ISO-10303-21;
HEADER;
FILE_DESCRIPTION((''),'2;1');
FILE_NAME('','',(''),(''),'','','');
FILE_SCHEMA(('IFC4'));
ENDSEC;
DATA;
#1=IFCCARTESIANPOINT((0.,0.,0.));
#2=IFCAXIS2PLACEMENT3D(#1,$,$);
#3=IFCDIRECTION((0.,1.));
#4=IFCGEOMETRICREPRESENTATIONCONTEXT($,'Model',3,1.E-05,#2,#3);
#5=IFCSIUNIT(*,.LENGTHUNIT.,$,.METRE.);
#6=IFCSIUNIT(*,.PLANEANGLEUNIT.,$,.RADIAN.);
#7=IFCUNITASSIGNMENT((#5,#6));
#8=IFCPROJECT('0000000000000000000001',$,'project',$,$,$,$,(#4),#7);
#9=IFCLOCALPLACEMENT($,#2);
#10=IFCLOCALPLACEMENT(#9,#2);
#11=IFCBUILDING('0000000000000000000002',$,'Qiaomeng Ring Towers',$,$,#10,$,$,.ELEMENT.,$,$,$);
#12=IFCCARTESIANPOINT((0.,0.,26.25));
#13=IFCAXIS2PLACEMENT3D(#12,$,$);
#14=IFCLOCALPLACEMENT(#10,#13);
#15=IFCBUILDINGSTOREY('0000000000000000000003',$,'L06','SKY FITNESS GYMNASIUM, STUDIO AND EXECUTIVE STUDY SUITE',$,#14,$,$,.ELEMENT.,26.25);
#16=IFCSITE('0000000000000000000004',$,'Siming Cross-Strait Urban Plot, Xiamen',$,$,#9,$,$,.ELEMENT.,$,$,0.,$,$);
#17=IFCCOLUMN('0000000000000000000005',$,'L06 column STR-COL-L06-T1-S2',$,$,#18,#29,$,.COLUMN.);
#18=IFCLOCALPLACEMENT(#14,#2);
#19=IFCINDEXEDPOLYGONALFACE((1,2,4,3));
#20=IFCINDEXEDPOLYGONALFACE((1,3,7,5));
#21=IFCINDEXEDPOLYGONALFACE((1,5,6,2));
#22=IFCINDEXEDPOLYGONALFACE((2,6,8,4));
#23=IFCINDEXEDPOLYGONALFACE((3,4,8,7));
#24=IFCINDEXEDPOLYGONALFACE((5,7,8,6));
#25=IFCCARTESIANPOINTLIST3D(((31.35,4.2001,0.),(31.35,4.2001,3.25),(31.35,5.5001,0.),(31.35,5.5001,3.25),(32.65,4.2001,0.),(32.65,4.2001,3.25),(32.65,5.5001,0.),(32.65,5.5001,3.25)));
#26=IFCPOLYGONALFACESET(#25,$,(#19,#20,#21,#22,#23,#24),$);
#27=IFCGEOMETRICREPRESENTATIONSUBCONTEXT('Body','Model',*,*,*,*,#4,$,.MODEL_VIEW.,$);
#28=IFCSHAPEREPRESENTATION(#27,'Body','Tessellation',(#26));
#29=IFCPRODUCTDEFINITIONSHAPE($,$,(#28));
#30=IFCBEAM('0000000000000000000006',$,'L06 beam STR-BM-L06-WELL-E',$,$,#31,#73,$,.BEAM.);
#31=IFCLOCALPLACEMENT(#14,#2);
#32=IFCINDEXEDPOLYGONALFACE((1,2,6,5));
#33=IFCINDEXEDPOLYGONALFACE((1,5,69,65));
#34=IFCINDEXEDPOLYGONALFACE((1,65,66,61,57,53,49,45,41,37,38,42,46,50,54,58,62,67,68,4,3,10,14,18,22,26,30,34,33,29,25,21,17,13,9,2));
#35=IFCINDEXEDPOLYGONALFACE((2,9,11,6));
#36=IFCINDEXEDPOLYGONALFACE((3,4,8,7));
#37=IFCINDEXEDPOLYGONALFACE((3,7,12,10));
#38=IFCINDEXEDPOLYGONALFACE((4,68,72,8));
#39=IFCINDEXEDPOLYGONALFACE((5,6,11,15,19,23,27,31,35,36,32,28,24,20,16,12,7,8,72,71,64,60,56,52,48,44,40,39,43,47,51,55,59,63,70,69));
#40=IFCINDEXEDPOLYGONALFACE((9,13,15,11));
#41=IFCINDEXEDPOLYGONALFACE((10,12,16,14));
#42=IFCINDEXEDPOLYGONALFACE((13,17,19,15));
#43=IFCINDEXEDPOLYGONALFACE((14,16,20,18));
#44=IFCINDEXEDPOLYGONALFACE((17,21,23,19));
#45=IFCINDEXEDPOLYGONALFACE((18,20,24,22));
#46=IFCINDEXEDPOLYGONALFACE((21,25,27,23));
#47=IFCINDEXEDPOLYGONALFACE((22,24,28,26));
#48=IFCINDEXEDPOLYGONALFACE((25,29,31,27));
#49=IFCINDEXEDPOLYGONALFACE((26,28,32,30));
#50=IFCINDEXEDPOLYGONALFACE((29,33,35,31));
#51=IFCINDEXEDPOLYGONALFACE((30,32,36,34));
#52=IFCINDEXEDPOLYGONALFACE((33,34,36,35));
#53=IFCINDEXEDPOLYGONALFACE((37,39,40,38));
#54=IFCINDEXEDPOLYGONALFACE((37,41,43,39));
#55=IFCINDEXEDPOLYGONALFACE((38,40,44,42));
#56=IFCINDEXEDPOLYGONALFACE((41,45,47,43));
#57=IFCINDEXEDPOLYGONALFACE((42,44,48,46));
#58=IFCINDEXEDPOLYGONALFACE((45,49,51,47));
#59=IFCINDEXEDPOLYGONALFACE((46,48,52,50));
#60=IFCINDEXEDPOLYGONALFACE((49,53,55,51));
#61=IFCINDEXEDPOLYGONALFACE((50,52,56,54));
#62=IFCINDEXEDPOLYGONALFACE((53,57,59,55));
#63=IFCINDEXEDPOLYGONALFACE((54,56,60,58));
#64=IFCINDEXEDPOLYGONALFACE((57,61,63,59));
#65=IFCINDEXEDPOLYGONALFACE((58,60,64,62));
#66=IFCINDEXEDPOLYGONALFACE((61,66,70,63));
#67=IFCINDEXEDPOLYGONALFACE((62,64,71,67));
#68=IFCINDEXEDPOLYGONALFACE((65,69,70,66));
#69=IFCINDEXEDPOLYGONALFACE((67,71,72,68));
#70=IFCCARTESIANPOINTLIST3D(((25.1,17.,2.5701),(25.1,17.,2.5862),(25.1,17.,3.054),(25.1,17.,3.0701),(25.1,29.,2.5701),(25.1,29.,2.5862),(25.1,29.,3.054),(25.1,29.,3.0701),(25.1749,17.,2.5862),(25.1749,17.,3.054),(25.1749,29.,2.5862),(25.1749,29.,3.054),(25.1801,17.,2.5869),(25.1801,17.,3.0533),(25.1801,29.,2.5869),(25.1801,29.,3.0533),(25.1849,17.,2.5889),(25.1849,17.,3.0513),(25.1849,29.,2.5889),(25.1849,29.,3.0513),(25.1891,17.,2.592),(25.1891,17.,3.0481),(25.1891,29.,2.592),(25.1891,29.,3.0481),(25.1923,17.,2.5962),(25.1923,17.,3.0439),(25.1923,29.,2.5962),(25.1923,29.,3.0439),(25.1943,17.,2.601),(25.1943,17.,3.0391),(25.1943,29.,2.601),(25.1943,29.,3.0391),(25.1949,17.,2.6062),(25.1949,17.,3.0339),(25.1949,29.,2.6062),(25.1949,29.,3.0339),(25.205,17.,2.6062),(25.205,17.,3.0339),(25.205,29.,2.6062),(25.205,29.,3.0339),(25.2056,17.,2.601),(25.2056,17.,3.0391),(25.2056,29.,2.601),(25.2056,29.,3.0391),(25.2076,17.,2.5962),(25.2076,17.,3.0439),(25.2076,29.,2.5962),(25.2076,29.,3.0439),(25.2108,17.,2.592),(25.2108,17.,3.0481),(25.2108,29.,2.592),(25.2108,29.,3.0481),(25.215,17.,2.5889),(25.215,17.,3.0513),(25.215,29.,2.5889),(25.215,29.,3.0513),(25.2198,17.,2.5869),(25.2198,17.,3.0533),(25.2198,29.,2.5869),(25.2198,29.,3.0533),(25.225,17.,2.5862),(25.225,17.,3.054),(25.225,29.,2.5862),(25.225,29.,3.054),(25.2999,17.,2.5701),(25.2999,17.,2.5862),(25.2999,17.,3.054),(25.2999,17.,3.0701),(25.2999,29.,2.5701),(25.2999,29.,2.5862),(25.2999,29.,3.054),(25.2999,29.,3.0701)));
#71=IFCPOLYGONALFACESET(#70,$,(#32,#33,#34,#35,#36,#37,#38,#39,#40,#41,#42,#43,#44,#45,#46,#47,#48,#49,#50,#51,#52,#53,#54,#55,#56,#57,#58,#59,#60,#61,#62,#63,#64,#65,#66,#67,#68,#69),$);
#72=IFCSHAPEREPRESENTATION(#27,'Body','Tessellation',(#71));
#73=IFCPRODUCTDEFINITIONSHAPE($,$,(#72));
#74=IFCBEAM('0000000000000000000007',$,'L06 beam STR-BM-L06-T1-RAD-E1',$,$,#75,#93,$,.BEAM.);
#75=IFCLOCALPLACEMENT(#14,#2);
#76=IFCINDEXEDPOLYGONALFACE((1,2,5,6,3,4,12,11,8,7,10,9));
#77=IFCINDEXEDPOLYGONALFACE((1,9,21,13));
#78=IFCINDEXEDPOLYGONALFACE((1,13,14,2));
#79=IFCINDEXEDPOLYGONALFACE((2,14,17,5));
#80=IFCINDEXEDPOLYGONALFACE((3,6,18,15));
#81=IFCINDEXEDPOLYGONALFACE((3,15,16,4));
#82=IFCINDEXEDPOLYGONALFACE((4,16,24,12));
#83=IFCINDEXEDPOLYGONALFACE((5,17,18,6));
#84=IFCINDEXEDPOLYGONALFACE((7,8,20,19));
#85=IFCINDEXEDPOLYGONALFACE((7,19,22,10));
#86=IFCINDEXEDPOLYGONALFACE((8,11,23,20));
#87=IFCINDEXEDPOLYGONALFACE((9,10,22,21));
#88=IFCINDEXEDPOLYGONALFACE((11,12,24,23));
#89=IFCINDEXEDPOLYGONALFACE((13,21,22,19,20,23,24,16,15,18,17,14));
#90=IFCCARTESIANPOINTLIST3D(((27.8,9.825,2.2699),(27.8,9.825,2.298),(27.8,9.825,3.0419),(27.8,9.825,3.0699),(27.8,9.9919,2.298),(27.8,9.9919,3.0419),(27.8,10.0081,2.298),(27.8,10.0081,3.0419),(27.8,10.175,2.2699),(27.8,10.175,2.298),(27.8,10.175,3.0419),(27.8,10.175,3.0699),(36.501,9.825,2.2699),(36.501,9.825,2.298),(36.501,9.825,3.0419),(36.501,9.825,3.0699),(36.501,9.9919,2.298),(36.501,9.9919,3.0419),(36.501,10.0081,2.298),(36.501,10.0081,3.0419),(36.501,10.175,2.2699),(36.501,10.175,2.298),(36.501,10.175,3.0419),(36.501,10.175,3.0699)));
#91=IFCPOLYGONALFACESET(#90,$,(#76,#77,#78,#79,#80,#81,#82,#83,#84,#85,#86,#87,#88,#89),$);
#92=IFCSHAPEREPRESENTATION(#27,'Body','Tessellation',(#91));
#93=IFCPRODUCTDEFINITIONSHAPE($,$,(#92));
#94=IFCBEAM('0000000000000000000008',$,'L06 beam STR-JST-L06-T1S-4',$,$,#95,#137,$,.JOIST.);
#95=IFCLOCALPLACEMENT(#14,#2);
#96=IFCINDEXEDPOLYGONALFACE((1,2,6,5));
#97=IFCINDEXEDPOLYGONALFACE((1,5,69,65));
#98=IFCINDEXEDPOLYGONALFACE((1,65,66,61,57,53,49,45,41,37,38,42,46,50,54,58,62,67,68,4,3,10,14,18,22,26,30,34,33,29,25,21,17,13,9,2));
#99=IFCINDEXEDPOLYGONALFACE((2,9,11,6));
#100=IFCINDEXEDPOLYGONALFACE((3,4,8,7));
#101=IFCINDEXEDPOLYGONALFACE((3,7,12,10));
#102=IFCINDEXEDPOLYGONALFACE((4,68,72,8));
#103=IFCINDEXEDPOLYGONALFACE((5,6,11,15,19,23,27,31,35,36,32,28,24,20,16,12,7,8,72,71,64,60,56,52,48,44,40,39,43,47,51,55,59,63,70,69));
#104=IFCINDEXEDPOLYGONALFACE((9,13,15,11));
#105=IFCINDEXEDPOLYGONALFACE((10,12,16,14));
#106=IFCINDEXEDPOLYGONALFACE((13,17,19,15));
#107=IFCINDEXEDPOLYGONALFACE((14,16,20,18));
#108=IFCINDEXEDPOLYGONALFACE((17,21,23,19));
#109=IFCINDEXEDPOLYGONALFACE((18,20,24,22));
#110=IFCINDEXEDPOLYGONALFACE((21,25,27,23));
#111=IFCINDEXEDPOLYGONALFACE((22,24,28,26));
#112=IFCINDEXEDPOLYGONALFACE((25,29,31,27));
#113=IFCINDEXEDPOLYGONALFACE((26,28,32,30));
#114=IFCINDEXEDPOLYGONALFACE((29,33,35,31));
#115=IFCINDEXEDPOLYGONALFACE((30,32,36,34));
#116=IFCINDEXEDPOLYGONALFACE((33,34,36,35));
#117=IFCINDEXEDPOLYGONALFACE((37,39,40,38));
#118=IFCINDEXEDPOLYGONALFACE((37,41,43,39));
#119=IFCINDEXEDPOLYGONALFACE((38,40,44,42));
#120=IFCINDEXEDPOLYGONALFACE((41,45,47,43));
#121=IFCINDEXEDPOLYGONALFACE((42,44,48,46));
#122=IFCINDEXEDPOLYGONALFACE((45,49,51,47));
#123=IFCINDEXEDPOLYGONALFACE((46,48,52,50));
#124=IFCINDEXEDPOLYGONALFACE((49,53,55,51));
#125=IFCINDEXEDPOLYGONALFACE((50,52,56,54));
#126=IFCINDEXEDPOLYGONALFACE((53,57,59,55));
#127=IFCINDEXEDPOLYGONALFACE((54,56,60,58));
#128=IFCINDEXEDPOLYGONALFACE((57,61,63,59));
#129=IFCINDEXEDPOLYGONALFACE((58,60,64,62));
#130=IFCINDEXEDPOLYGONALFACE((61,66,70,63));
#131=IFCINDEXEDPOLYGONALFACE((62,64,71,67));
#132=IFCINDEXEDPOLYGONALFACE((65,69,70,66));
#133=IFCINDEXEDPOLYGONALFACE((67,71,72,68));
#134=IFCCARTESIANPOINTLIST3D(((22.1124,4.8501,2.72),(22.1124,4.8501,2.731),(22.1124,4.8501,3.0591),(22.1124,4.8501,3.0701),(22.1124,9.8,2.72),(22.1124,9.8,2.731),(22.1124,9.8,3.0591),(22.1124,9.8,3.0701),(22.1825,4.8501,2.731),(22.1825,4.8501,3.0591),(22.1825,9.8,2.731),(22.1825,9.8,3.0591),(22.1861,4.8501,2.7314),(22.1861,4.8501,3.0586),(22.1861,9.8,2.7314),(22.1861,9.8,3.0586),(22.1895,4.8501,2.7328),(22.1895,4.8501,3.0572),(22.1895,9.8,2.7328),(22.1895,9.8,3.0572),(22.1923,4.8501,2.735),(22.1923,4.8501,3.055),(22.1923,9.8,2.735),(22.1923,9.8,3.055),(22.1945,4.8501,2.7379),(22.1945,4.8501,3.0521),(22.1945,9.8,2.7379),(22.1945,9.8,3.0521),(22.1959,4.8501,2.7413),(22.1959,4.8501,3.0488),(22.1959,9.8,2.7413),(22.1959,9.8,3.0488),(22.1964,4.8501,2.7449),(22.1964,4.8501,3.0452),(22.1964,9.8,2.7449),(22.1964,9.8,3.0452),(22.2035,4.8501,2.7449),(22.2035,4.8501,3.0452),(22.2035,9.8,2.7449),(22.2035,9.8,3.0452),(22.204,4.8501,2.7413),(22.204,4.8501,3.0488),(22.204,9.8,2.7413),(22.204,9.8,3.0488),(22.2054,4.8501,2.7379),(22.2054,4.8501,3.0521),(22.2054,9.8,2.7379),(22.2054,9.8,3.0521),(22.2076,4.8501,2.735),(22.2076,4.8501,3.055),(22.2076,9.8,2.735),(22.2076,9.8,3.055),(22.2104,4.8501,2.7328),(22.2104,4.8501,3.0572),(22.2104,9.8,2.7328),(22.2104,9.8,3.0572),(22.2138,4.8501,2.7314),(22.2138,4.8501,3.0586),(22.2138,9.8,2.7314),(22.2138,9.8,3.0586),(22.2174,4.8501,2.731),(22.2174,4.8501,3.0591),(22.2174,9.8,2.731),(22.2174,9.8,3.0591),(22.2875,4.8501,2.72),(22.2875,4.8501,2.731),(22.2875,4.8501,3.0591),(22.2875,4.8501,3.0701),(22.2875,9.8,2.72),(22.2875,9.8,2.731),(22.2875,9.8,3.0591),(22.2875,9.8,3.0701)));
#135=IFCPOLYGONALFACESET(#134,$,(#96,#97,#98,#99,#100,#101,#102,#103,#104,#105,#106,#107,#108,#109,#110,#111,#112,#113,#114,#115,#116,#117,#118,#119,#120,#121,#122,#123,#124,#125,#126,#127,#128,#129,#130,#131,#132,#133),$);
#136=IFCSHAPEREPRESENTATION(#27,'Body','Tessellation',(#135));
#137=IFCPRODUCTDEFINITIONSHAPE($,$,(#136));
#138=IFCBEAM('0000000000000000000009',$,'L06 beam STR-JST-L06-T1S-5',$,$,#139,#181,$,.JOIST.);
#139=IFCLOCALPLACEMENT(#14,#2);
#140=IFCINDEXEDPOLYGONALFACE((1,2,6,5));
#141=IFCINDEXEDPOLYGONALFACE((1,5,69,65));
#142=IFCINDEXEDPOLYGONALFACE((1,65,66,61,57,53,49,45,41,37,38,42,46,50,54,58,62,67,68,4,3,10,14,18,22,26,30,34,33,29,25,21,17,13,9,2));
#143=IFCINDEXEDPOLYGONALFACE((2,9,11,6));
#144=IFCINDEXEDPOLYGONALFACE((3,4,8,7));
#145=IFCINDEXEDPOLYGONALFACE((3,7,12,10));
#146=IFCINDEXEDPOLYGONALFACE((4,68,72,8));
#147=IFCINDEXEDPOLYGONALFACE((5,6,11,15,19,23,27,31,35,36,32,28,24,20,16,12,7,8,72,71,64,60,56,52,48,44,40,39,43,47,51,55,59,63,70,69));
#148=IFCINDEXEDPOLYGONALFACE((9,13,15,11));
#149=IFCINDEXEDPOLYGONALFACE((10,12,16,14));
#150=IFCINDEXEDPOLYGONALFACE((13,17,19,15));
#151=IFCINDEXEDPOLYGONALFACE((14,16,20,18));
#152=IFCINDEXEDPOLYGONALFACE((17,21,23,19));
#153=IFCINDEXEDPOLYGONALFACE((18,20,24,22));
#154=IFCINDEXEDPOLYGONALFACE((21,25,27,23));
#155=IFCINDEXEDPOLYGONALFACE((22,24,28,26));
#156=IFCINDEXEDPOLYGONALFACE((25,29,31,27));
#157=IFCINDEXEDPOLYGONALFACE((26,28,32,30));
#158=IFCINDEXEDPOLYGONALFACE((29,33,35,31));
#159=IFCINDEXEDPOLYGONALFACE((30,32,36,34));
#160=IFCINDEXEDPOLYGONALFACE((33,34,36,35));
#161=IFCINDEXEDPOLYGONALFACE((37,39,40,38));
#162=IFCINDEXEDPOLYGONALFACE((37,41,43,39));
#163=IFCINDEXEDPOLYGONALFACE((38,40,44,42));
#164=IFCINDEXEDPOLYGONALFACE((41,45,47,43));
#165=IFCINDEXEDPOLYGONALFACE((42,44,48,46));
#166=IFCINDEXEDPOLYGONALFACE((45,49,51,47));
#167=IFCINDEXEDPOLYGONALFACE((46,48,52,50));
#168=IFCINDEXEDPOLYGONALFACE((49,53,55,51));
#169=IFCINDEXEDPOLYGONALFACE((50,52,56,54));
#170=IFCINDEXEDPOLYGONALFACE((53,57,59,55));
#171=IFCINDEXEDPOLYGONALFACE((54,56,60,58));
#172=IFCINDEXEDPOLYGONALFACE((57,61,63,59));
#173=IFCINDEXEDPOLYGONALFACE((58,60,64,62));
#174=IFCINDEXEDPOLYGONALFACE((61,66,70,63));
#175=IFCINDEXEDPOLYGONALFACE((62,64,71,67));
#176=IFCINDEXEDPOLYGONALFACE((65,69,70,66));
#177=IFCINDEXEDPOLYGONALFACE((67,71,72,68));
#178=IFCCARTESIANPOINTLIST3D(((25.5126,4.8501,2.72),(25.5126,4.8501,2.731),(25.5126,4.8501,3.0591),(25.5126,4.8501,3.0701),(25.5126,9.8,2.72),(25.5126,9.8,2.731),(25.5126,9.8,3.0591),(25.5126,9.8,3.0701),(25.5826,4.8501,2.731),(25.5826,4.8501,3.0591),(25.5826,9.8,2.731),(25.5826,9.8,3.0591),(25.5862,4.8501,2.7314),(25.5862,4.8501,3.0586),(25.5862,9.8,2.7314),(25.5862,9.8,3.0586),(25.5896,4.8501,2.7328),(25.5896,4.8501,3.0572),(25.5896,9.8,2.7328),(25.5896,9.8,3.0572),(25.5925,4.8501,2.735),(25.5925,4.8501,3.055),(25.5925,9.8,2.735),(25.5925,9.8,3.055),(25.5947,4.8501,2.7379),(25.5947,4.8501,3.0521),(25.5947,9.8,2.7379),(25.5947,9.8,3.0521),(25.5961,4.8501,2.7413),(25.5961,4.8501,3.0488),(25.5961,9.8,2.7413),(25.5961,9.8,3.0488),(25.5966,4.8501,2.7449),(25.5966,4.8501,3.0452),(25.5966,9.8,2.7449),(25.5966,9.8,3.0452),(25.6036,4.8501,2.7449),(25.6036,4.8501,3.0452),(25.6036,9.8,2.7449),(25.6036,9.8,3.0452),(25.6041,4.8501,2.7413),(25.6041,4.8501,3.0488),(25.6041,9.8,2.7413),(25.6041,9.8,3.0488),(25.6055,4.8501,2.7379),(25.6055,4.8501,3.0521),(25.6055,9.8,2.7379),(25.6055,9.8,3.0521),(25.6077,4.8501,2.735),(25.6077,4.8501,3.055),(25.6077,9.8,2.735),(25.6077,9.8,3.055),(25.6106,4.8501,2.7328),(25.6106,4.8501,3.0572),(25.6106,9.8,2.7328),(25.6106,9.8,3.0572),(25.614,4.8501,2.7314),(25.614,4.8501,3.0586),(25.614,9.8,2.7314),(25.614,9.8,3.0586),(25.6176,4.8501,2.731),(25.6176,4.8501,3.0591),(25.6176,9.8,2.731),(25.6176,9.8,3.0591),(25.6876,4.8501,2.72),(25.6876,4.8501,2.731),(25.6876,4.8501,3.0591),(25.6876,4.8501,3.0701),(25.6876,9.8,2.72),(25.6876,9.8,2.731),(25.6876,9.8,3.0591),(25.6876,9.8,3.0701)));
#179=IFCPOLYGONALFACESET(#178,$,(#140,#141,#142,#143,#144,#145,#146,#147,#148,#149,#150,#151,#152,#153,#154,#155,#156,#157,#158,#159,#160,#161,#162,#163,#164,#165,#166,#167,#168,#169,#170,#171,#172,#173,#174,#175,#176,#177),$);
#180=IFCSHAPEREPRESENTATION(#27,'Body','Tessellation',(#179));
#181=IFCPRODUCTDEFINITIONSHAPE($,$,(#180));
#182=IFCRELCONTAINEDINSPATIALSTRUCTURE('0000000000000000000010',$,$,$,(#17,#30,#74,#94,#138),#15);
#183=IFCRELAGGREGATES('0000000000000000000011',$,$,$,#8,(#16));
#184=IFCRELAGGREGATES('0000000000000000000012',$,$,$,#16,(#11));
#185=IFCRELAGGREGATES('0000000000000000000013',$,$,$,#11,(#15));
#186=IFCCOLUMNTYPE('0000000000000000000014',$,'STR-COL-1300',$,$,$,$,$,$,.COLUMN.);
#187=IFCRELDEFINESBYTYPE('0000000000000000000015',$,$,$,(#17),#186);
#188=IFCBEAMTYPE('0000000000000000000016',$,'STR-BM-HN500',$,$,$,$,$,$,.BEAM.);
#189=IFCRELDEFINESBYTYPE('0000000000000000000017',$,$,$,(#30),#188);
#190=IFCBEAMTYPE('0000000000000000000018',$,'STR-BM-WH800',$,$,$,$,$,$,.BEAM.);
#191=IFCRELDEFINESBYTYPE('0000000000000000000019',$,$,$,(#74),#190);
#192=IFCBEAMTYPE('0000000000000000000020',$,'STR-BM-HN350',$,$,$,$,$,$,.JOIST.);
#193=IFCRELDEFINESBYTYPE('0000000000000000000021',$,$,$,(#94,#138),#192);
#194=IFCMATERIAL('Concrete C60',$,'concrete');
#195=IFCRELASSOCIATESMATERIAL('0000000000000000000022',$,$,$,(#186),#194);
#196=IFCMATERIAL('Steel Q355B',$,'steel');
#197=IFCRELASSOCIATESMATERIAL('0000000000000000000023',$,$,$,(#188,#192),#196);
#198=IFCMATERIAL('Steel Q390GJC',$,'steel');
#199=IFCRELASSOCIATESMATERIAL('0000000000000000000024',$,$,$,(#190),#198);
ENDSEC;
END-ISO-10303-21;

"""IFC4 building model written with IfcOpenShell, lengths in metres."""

from ifc_helpers import new_model, si_unit, direction, frame, origin, origin_2d, place, context, subcontext, project, spatial, rectangle, i_section, extrude, source, transform, mapped, material, material_profile, profile_set, type_object, element, save


model = new_model("IFC4")

# Units and contexts
model_context = context("Model", 3, precision=1e-05, world=origin(), true_north=direction((0.0, 1.0)))
body_context = subcontext(model_context, "Body", "Model", "MODEL_VIEW")
ifc_project = project(units=[si_unit("LENGTHUNIT", "METRE"), si_unit("PLANEANGLEUNIT", "RADIAN")], contexts=[model_context])

# Site, building, storey
site_placement = place(None, origin())
site = spatial("IfcSite", under=ifc_project, at=site_placement, Name="Siming Cross-Strait Urban Plot, Xiamen", CompositionType="ELEMENT", RefElevation=0.0)
building_placement = place(site_placement, origin())
building = spatial("IfcBuilding", under=site, at=building_placement, Name="Qiaomeng Ring Towers", CompositionType="ELEMENT")
storey_placement = place(building_placement, frame((0.0, 0.0, 26.25)))
storey = spatial("IfcBuildingStorey", under=building, at=storey_placement, Name="L06", Description="SKY FITNESS GYMNASIUM, STUDIO AND EXECUTIVE STUDY SUITE", CompositionType="ELEMENT", Elevation=26.25)

# Column
ifc_material_1 = material(Name="Concrete C60", Category="concrete")
ifc_material_profile_1 = material_profile(ifc_material_1, rectangle(XDim=1.3, YDim=1.3, at=origin_2d()), Name="RC COL 1300x1300")
ifc_profile_set_1 = profile_set([ifc_material_profile_1], Name="Concrete C60")
column_type = type_object("IfcColumnType", Name="STR-COL-1300", PredefinedType="COLUMN", material=ifc_profile_set_1)
shared_shape_1 = source(origin(), body_context, "Body", "SweptSolid", [
    extrude(rectangle(XDim=1.3, YDim=1.3, at=origin_2d()), origin(), (0.0, 0.0, 1.0), 3.25),
])
column_placement = place(storey_placement, frame((32.0, 4.8501, 0.0), z_axis=(0.0, 0.0, 1.0), x_axis=(1.0, 0.0, 0.0)))
element("IfcColumn", 1, at=column_placement, inside=storey, type_object=column_type, Name="L06 column STR-COL-L06-T1-S2", PredefinedType="COLUMN", context=body_context, shape_type="MappedRepresentation", body=[
    mapped(shared_shape_1, transform((0.0, 0.0, 0.0), x_axis=(1.0, 0.0, 0.0), y_axis=(0.0, 1.0, 0.0), z_axis=(0.0, 0.0, 1.0), scale=1.0)),
])

# Beams
ifc_material_2 = material(Name="Steel Q355B", Category="steel")
ifc_material_profile_2 = material_profile(ifc_material_2, i_section(OverallWidth=0.2, OverallDepth=0.5, WebThickness=0.01, FlangeThickness=0.0161, FilletRadius=0.02, at=origin_2d()), Name="HN 500x200x10x16")
ifc_profile_set_2 = profile_set([ifc_material_profile_2], Name="Steel Q355B")
beam_type_1 = type_object("IfcBeamType", Name="STR-BM-HN500", PredefinedType="BEAM", material=ifc_profile_set_2)
shared_shape_2 = source(origin(), body_context, "Body", "SweptSolid", [
    extrude(i_section(OverallWidth=0.2, OverallDepth=0.5, WebThickness=0.01, FlangeThickness=0.0161, FilletRadius=0.02, at=origin_2d()), origin(), (0.0, 0.0, 1.0), 12.0),
])
beam_1_placement = place(storey_placement, frame((25.2, 17.0, 2.8201), z_axis=(0.0, 1.0, 0.0), x_axis=(-1.0, 0.0, 0.0)))
element("IfcBeam", 2, at=beam_1_placement, inside=storey, type_object=beam_type_1, Name="L06 beam STR-BM-L06-WELL-E", PredefinedType="BEAM", context=body_context, shape_type="MappedRepresentation", body=[
    mapped(shared_shape_2, transform((0.0, 0.0, 0.0), x_axis=(1.0, 0.0, 0.0), y_axis=(0.0, 1.0, 0.0), z_axis=(0.0, 0.0, 1.0), scale=1.0)),
])
ifc_material_3 = material(Name="Steel Q390GJC", Category="steel")
ifc_material_profile_3 = material_profile(ifc_material_3, i_section(OverallWidth=0.3501, OverallDepth=0.8, WebThickness=0.0161, FlangeThickness=0.0281, at=origin_2d()), Name="WH 800x350x16x28")
ifc_profile_set_3 = profile_set([ifc_material_profile_3], Name="Steel Q390GJC")
beam_type_2 = type_object("IfcBeamType", Name="STR-BM-WH800", PredefinedType="BEAM", material=ifc_profile_set_3)
shared_shape_3 = source(origin(), body_context, "Body", "SweptSolid", [
    extrude(i_section(OverallWidth=0.3501, OverallDepth=0.8, WebThickness=0.0161, FlangeThickness=0.0281, at=origin_2d()), origin(), (0.0, 0.0, 1.0), 8.7009),
])
beam_2_placement = place(storey_placement, frame((27.8, 10.0, 2.6699), z_axis=(1.0, 0.0, 0.0), x_axis=(0.0, 1.0, 0.0)))
element("IfcBeam", 3, at=beam_2_placement, inside=storey, type_object=beam_type_2, Name="L06 beam STR-BM-L06-T1-RAD-E1", PredefinedType="BEAM", context=body_context, shape_type="MappedRepresentation", body=[
    mapped(shared_shape_3, transform((0.0, 0.0, 0.0), x_axis=(1.0, 0.0, 0.0), y_axis=(0.0, 1.0, 0.0), z_axis=(0.0, 0.0, 1.0), scale=1.0)),
])
ifc_material_profile_4 = material_profile(ifc_material_2, i_section(OverallWidth=0.175, OverallDepth=0.3501, WebThickness=0.0071, FlangeThickness=0.011, FilletRadius=0.0139, at=origin_2d()), Name="HN 350x175x7x11")
ifc_profile_set_4 = profile_set([ifc_material_profile_4], Name="Steel Q355B")
beam_type_3 = type_object("IfcBeamType", Name="STR-BM-HN350", PredefinedType="JOIST", material=ifc_profile_set_4)
shared_shape_4 = source(origin(), body_context, "Body", "SweptSolid", [
    extrude(i_section(OverallWidth=0.175, OverallDepth=0.3501, WebThickness=0.0071, FlangeThickness=0.011, FilletRadius=0.0139, at=origin_2d()), origin(), (0.0, 0.0, 1.0), 4.95),
])
for number, where, z_axis, x_axis, name in (
    (4, (22.2, 4.8501, 2.895), (0.0, 1.0, 0.0), (-1.0, 0.0, 0.0), "L06 beam STR-JST-L06-T1S-4"),
    (5, (25.6001, 4.8501, 2.895), (0.0, 1.0, 0.0), (-1.0, 0.0, 0.0), "L06 beam STR-JST-L06-T1S-5"),
):
    element("IfcBeam", number, at=place(storey_placement, frame(where, z_axis=z_axis, x_axis=x_axis)), inside=storey, type_object=beam_type_3, Name=name, PredefinedType="JOIST", context=body_context, shape_type="MappedRepresentation", body=[
        mapped(shared_shape_4, transform((0.0, 0.0, 0.0), x_axis=(1.0, 0.0, 0.0), y_axis=(0.0, 1.0, 0.0), z_axis=(0.0, 0.0, 1.0), scale=1.0)),
    ])

save(model, "model.ifc")
